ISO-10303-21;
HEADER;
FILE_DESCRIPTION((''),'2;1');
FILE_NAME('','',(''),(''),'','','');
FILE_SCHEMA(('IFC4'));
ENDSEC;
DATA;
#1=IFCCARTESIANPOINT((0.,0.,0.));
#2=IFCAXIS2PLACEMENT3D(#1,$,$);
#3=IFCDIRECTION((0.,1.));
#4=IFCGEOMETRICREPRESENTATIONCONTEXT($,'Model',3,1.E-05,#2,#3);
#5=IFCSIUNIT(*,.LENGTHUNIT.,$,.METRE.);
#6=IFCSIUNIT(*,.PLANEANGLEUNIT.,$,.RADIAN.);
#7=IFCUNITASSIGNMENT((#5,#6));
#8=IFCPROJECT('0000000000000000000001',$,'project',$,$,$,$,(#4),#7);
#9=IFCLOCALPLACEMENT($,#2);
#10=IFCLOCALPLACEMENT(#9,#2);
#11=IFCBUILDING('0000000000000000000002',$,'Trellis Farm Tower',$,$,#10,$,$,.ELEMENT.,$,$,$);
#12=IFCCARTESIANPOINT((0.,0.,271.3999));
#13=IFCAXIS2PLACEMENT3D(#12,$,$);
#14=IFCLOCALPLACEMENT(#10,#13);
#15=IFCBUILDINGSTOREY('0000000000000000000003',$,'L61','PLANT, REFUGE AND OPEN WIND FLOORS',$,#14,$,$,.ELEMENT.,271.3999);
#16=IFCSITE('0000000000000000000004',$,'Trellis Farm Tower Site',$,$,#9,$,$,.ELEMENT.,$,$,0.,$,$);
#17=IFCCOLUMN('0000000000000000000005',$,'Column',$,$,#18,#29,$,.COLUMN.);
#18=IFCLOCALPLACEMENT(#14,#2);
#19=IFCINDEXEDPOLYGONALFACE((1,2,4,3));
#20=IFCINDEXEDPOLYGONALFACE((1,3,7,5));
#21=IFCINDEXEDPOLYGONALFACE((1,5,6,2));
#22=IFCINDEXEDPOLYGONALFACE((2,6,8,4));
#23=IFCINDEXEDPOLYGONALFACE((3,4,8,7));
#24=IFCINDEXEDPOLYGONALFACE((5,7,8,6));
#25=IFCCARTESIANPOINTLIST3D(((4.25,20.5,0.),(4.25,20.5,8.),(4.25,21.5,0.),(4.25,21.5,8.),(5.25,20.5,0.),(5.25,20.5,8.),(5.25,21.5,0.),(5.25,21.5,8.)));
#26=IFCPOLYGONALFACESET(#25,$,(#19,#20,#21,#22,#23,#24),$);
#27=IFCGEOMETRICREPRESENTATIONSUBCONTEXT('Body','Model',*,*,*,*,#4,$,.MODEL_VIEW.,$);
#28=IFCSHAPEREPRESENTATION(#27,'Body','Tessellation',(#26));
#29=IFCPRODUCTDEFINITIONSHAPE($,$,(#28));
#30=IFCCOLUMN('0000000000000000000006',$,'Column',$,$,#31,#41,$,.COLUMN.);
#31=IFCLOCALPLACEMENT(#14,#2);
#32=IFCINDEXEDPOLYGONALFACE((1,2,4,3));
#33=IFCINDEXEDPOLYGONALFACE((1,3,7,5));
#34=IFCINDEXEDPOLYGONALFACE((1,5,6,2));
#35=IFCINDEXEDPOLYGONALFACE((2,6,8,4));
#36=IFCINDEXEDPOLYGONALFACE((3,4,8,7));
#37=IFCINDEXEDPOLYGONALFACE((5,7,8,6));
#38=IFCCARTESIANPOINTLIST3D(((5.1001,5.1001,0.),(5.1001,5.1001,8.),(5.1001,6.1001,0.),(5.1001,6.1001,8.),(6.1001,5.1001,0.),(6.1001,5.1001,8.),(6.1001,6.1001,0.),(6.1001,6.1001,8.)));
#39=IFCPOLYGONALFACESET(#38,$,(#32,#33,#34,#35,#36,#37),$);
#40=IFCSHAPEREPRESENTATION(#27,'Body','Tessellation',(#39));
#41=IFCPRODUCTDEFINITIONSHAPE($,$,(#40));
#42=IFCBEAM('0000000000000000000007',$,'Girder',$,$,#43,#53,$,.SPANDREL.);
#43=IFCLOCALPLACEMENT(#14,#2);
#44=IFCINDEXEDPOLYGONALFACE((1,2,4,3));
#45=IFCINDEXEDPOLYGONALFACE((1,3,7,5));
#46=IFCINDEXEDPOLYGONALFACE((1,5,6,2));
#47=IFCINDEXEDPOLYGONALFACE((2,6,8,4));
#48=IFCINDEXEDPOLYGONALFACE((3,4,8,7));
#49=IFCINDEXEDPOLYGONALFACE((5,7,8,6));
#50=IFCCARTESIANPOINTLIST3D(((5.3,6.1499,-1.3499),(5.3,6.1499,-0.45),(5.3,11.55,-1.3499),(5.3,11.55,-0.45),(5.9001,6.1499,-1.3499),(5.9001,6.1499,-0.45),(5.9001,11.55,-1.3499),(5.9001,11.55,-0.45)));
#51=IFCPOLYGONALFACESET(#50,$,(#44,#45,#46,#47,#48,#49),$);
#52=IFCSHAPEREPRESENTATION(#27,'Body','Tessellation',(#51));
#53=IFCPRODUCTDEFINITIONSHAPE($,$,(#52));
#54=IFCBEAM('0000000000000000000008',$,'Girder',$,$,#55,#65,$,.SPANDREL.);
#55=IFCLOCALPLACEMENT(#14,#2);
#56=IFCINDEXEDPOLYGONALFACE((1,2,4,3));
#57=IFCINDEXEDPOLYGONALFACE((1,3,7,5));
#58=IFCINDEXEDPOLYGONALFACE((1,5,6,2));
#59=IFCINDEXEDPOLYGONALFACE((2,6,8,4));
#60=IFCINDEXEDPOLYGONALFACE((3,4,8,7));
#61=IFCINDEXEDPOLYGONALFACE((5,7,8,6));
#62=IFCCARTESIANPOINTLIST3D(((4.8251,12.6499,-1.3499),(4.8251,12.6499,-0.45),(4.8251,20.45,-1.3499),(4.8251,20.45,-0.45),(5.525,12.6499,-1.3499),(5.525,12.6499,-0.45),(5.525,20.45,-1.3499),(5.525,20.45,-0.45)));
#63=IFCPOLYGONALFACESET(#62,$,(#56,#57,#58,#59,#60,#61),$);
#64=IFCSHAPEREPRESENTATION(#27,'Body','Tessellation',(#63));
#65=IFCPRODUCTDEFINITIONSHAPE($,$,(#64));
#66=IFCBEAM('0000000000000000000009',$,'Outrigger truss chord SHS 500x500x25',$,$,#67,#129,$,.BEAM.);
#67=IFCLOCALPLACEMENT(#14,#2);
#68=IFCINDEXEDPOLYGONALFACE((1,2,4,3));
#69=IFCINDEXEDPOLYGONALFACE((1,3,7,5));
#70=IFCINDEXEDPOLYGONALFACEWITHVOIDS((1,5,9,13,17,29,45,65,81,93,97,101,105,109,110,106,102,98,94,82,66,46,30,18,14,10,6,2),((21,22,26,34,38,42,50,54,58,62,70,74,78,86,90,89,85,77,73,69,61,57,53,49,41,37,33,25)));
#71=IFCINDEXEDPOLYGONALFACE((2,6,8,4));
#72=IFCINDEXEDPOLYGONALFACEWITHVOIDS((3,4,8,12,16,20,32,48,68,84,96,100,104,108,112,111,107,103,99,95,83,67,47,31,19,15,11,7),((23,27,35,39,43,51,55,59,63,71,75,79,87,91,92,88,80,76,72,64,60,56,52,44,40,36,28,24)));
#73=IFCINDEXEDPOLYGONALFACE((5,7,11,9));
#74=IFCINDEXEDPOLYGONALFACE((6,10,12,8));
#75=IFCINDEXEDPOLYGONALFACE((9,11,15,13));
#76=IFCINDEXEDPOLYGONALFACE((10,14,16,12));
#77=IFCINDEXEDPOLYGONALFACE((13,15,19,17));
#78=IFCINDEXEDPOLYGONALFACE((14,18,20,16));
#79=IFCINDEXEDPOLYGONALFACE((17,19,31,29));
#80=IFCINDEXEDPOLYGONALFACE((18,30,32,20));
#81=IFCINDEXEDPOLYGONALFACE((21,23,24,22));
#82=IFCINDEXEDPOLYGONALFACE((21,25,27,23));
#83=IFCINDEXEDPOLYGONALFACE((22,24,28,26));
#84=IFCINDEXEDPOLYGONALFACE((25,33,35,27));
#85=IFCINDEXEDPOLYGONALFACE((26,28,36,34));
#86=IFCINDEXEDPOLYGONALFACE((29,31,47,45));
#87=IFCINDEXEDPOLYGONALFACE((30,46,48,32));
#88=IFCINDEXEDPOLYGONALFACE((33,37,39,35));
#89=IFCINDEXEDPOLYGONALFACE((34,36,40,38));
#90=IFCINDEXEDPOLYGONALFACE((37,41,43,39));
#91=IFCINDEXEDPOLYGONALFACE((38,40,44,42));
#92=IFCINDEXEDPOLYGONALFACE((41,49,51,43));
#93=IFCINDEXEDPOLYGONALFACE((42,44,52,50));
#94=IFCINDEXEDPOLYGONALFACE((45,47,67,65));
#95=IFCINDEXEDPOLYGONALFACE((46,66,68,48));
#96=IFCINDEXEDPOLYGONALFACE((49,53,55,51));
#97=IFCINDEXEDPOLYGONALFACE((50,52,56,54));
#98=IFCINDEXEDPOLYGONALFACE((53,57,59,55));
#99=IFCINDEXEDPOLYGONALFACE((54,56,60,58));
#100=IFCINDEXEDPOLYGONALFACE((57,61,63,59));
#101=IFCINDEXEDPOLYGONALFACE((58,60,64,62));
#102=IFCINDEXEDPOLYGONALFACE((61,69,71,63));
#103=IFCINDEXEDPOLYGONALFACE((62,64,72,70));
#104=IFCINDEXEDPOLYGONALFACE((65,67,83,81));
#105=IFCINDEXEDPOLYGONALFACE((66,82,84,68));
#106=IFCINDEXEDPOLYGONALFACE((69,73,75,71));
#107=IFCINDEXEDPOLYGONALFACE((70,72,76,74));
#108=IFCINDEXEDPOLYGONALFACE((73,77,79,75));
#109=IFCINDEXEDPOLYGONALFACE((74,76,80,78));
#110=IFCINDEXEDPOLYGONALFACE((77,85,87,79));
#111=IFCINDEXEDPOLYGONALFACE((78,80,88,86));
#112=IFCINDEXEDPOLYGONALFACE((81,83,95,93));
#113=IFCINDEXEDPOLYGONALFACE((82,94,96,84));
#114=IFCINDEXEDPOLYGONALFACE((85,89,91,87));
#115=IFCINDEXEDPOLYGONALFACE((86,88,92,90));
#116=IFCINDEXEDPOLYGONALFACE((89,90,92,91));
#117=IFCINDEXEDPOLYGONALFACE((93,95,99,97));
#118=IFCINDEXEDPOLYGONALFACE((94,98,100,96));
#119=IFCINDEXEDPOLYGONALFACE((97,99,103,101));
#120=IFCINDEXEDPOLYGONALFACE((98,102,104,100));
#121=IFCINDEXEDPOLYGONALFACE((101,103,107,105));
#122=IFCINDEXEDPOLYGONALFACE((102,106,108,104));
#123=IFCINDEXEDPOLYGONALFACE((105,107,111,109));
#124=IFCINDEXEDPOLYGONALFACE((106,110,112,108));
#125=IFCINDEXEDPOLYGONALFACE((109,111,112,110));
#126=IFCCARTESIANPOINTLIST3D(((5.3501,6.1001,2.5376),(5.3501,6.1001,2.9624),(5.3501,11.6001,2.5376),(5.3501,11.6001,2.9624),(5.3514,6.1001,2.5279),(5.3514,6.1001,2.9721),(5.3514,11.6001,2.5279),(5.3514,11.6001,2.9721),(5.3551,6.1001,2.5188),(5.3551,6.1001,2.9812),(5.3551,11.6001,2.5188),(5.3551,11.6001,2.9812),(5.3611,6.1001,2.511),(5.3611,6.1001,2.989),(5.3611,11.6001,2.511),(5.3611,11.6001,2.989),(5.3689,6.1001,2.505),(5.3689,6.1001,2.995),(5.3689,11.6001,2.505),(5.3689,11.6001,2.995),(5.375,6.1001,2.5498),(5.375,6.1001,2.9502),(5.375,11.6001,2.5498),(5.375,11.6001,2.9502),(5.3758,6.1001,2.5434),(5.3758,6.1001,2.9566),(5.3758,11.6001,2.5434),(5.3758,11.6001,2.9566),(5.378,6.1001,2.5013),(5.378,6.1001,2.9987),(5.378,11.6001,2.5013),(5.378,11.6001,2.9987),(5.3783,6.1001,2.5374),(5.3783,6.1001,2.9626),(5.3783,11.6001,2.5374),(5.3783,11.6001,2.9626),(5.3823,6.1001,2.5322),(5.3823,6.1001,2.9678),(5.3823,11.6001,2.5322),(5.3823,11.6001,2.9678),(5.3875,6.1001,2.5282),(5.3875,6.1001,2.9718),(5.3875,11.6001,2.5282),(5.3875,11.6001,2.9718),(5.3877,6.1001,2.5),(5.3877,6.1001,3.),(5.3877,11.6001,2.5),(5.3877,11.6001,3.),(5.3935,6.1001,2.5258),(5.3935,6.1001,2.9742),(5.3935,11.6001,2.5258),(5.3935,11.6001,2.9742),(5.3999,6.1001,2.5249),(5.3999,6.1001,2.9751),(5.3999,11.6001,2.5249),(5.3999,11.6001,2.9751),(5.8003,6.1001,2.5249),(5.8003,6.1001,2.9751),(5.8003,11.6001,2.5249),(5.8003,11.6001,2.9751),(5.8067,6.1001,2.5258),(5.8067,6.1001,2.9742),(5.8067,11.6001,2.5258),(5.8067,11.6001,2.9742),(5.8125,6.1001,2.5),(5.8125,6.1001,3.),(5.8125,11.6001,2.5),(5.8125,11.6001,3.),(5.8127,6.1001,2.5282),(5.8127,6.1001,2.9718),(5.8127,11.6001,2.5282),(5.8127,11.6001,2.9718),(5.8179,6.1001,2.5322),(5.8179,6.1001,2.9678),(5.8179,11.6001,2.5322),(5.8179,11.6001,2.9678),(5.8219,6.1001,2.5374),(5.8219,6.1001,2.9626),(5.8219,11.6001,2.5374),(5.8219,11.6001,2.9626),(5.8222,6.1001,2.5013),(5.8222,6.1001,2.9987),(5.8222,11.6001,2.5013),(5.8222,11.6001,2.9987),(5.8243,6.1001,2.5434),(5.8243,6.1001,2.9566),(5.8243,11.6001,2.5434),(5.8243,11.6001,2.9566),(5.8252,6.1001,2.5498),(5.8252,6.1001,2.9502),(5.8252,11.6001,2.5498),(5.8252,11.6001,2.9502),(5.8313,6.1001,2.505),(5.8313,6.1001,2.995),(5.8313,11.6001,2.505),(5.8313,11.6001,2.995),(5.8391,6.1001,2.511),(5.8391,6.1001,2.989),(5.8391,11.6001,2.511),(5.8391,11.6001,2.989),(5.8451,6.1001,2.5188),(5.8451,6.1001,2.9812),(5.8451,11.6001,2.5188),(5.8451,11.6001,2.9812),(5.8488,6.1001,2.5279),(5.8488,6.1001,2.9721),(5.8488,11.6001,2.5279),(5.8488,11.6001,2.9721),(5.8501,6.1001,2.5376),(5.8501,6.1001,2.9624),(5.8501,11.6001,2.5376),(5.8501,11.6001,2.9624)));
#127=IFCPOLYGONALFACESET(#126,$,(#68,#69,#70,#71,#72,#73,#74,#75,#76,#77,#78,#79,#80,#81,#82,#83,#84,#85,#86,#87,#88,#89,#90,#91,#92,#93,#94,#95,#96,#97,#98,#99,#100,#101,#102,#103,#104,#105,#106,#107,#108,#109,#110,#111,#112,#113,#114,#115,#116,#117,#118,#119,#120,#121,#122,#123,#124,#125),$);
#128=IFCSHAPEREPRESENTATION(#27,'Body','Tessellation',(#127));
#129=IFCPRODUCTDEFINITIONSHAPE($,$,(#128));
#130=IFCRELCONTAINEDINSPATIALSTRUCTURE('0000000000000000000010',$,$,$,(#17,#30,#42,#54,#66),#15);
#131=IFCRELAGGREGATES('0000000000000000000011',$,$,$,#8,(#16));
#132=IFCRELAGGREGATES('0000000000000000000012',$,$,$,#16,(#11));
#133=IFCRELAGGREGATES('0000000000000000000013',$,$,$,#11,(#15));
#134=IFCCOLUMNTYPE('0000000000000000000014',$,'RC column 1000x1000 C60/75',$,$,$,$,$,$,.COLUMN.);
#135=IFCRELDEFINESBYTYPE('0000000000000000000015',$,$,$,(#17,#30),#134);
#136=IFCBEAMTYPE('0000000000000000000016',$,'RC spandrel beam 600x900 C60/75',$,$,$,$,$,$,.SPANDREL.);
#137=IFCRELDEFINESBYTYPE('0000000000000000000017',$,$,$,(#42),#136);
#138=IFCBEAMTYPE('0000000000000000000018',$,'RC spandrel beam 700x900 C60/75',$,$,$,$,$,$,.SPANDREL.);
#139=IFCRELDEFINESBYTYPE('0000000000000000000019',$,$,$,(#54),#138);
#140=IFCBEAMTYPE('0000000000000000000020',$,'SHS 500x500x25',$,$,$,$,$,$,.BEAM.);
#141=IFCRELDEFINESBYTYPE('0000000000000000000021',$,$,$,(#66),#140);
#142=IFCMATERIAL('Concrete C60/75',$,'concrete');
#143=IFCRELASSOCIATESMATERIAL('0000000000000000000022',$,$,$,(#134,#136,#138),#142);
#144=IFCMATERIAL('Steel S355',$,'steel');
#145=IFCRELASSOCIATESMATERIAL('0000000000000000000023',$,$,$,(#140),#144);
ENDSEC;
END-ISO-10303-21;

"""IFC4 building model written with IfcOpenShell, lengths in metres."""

from ifc_helpers import new_model, si_unit, direction, frame, origin, origin_2d, place, context, subcontext, project, spatial, rectangle, hollow_rectangle, extrude, source, transform, mapped, material, material_profile, profile_set, type_object, element, save


model = new_model("IFC4")

# Units and contexts
model_context = context("Model", 3, precision=1e-05, world=origin(), true_north=direction((0.0, 1.0)))
body_context = subcontext(model_context, "Body", "Model", "MODEL_VIEW")
ifc_project = project(units=[si_unit("LENGTHUNIT", "METRE"), si_unit("PLANEANGLEUNIT", "RADIAN")], contexts=[model_context])

# Site, building, storey
site_placement = place(None, origin())
site = spatial("IfcSite", under=ifc_project, at=site_placement, Name="Trellis Farm Tower Site", CompositionType="ELEMENT", RefElevation=0.0)
building_placement = place(site_placement, origin())
building = spatial("IfcBuilding", under=site, at=building_placement, Name="Trellis Farm Tower", CompositionType="ELEMENT")
storey_placement = place(building_placement, frame((0.0, 0.0, 271.3999)))
storey = spatial("IfcBuildingStorey", under=building, at=storey_placement, Name="L61", Description="PLANT, REFUGE AND OPEN WIND FLOORS", CompositionType="ELEMENT", Elevation=271.3999)

# Columns
ifc_material_1 = material(Name="Concrete C60/75", Category="concrete")
ifc_material_profile_1 = material_profile(ifc_material_1, rectangle(XDim=1.0, YDim=1.0, at=origin_2d()), Name="RC column 1000x1000 C60/75")
ifc_profile_set_1 = profile_set([ifc_material_profile_1], Name="Concrete C60/75")
column_type = type_object("IfcColumnType", Name="RC column 1000x1000 C60/75", PredefinedType="COLUMN", material=ifc_profile_set_1)
shared_shape_1 = source(origin(), body_context, "Body", "SweptSolid", [
    extrude(rectangle(XDim=1.0, YDim=1.0, at=origin_2d()), origin(), (0.0, 0.0, 1.0), 8.0),
])
for number, where, z_axis, x_axis, name in (
    (1, (4.75, 21.0, 0.0), (0.0, 0.0, 1.0), (1.0, 0.0, 0.0), "Column"),
    (2, (5.6001, 5.6001, 0.0), (0.0, 0.0, 1.0), (1.0, 0.0, 0.0), "Column"),
):
    element("IfcColumn", number, at=place(storey_placement, frame(where, z_axis=z_axis, x_axis=x_axis)), inside=storey, type_object=column_type, Name=name, PredefinedType="COLUMN", context=body_context, shape_type="MappedRepresentation", body=[
        mapped(shared_shape_1, transform((0.0, 0.0, 0.0))),
    ])

# Beams
ifc_material_profile_2 = material_profile(ifc_material_1, rectangle(XDim=0.6001, YDim=0.8999, at=origin_2d()), Name="RC spandrel beam 600x900 C60/75")
ifc_profile_set_2 = profile_set([ifc_material_profile_2], Name="Concrete C60/75")
beam_type_1 = type_object("IfcBeamType", Name="RC spandrel beam 600x900 C60/75", PredefinedType="SPANDREL", material=ifc_profile_set_2)
shared_shape_2 = source(origin(), body_context, "Body", "SweptSolid", [
    extrude(rectangle(XDim=0.6001, YDim=0.8999, at=origin_2d()), origin(), (0.0, 0.0, 1.0), 5.4001),
])
beam_1_placement = place(storey_placement, frame((5.6001, 6.1499, -0.8999), z_axis=(0.0, 1.0, 0.0), x_axis=(-1.0, 0.0, 0.0)))
element("IfcBeam", 3, at=beam_1_placement, inside=storey, type_object=beam_type_1, Name="Girder", PredefinedType="SPANDREL", context=body_context, shape_type="MappedRepresentation", body=[
    mapped(shared_shape_2, transform((0.0, 0.0, 0.0))),
])
ifc_material_profile_3 = material_profile(ifc_material_1, rectangle(XDim=0.7, YDim=0.8999, at=origin_2d()), Name="RC spandrel beam 700x900 C60/75")
ifc_profile_set_3 = profile_set([ifc_material_profile_3], Name="Concrete C60/75")
beam_type_2 = type_object("IfcBeamType", Name="RC spandrel beam 700x900 C60/75", PredefinedType="SPANDREL", material=ifc_profile_set_3)
shared_shape_3 = source(origin(), body_context, "Body", "SweptSolid", [
    extrude(rectangle(XDim=0.7, YDim=0.8999, at=origin_2d()), origin(), (0.0, 0.0, 1.0), 7.8),
])
beam_2_placement = place(storey_placement, frame((5.175, 12.6499, -0.8999), z_axis=(0.0, 1.0, 0.0), x_axis=(-1.0, 0.0, 0.0)))
element("IfcBeam", 4, at=beam_2_placement, inside=storey, type_object=beam_type_2, Name="Girder", PredefinedType="SPANDREL", context=body_context, shape_type="MappedRepresentation", body=[
    mapped(shared_shape_3, transform((0.0, 0.0, 0.0))),
])
ifc_material_2 = material(Name="Steel S355", Category="steel")
ifc_material_profile_4 = material_profile(ifc_material_2, hollow_rectangle(XDim=0.5, YDim=0.5, WallThickness=0.0249, InnerFilletRadius=0.0249, OuterFilletRadius=0.0376, at=origin_2d()), Name="SHS 500x500x25")
ifc_profile_set_4 = profile_set([ifc_material_profile_4], Name="Steel S355")
beam_type_3 = type_object("IfcBeamType", Name="SHS 500x500x25", PredefinedType="BEAM", material=ifc_profile_set_4)
shared_shape_4 = source(origin(), body_context, "Body", "SweptSolid", [
    extrude(hollow_rectangle(XDim=0.5, YDim=0.5, WallThickness=0.0249, InnerFilletRadius=0.0249, OuterFilletRadius=0.0376, at=origin_2d()), origin(), (0.0, 0.0, 1.0), 5.5),
])
beam_3_placement = place(storey_placement, frame((5.6001, 6.1001, 2.75), z_axis=(0.0, 1.0, 0.0), x_axis=(-1.0, 0.0, 0.0)))
element("IfcBeam", 5, at=beam_3_placement, inside=storey, type_object=beam_type_3, Name="Outrigger truss chord SHS 500x500x25", PredefinedType="BEAM", context=body_context, shape_type="MappedRepresentation", body=[
    mapped(shared_shape_4, transform((0.0, 0.0, 0.0))),
])

save(model, "model.ifc")
